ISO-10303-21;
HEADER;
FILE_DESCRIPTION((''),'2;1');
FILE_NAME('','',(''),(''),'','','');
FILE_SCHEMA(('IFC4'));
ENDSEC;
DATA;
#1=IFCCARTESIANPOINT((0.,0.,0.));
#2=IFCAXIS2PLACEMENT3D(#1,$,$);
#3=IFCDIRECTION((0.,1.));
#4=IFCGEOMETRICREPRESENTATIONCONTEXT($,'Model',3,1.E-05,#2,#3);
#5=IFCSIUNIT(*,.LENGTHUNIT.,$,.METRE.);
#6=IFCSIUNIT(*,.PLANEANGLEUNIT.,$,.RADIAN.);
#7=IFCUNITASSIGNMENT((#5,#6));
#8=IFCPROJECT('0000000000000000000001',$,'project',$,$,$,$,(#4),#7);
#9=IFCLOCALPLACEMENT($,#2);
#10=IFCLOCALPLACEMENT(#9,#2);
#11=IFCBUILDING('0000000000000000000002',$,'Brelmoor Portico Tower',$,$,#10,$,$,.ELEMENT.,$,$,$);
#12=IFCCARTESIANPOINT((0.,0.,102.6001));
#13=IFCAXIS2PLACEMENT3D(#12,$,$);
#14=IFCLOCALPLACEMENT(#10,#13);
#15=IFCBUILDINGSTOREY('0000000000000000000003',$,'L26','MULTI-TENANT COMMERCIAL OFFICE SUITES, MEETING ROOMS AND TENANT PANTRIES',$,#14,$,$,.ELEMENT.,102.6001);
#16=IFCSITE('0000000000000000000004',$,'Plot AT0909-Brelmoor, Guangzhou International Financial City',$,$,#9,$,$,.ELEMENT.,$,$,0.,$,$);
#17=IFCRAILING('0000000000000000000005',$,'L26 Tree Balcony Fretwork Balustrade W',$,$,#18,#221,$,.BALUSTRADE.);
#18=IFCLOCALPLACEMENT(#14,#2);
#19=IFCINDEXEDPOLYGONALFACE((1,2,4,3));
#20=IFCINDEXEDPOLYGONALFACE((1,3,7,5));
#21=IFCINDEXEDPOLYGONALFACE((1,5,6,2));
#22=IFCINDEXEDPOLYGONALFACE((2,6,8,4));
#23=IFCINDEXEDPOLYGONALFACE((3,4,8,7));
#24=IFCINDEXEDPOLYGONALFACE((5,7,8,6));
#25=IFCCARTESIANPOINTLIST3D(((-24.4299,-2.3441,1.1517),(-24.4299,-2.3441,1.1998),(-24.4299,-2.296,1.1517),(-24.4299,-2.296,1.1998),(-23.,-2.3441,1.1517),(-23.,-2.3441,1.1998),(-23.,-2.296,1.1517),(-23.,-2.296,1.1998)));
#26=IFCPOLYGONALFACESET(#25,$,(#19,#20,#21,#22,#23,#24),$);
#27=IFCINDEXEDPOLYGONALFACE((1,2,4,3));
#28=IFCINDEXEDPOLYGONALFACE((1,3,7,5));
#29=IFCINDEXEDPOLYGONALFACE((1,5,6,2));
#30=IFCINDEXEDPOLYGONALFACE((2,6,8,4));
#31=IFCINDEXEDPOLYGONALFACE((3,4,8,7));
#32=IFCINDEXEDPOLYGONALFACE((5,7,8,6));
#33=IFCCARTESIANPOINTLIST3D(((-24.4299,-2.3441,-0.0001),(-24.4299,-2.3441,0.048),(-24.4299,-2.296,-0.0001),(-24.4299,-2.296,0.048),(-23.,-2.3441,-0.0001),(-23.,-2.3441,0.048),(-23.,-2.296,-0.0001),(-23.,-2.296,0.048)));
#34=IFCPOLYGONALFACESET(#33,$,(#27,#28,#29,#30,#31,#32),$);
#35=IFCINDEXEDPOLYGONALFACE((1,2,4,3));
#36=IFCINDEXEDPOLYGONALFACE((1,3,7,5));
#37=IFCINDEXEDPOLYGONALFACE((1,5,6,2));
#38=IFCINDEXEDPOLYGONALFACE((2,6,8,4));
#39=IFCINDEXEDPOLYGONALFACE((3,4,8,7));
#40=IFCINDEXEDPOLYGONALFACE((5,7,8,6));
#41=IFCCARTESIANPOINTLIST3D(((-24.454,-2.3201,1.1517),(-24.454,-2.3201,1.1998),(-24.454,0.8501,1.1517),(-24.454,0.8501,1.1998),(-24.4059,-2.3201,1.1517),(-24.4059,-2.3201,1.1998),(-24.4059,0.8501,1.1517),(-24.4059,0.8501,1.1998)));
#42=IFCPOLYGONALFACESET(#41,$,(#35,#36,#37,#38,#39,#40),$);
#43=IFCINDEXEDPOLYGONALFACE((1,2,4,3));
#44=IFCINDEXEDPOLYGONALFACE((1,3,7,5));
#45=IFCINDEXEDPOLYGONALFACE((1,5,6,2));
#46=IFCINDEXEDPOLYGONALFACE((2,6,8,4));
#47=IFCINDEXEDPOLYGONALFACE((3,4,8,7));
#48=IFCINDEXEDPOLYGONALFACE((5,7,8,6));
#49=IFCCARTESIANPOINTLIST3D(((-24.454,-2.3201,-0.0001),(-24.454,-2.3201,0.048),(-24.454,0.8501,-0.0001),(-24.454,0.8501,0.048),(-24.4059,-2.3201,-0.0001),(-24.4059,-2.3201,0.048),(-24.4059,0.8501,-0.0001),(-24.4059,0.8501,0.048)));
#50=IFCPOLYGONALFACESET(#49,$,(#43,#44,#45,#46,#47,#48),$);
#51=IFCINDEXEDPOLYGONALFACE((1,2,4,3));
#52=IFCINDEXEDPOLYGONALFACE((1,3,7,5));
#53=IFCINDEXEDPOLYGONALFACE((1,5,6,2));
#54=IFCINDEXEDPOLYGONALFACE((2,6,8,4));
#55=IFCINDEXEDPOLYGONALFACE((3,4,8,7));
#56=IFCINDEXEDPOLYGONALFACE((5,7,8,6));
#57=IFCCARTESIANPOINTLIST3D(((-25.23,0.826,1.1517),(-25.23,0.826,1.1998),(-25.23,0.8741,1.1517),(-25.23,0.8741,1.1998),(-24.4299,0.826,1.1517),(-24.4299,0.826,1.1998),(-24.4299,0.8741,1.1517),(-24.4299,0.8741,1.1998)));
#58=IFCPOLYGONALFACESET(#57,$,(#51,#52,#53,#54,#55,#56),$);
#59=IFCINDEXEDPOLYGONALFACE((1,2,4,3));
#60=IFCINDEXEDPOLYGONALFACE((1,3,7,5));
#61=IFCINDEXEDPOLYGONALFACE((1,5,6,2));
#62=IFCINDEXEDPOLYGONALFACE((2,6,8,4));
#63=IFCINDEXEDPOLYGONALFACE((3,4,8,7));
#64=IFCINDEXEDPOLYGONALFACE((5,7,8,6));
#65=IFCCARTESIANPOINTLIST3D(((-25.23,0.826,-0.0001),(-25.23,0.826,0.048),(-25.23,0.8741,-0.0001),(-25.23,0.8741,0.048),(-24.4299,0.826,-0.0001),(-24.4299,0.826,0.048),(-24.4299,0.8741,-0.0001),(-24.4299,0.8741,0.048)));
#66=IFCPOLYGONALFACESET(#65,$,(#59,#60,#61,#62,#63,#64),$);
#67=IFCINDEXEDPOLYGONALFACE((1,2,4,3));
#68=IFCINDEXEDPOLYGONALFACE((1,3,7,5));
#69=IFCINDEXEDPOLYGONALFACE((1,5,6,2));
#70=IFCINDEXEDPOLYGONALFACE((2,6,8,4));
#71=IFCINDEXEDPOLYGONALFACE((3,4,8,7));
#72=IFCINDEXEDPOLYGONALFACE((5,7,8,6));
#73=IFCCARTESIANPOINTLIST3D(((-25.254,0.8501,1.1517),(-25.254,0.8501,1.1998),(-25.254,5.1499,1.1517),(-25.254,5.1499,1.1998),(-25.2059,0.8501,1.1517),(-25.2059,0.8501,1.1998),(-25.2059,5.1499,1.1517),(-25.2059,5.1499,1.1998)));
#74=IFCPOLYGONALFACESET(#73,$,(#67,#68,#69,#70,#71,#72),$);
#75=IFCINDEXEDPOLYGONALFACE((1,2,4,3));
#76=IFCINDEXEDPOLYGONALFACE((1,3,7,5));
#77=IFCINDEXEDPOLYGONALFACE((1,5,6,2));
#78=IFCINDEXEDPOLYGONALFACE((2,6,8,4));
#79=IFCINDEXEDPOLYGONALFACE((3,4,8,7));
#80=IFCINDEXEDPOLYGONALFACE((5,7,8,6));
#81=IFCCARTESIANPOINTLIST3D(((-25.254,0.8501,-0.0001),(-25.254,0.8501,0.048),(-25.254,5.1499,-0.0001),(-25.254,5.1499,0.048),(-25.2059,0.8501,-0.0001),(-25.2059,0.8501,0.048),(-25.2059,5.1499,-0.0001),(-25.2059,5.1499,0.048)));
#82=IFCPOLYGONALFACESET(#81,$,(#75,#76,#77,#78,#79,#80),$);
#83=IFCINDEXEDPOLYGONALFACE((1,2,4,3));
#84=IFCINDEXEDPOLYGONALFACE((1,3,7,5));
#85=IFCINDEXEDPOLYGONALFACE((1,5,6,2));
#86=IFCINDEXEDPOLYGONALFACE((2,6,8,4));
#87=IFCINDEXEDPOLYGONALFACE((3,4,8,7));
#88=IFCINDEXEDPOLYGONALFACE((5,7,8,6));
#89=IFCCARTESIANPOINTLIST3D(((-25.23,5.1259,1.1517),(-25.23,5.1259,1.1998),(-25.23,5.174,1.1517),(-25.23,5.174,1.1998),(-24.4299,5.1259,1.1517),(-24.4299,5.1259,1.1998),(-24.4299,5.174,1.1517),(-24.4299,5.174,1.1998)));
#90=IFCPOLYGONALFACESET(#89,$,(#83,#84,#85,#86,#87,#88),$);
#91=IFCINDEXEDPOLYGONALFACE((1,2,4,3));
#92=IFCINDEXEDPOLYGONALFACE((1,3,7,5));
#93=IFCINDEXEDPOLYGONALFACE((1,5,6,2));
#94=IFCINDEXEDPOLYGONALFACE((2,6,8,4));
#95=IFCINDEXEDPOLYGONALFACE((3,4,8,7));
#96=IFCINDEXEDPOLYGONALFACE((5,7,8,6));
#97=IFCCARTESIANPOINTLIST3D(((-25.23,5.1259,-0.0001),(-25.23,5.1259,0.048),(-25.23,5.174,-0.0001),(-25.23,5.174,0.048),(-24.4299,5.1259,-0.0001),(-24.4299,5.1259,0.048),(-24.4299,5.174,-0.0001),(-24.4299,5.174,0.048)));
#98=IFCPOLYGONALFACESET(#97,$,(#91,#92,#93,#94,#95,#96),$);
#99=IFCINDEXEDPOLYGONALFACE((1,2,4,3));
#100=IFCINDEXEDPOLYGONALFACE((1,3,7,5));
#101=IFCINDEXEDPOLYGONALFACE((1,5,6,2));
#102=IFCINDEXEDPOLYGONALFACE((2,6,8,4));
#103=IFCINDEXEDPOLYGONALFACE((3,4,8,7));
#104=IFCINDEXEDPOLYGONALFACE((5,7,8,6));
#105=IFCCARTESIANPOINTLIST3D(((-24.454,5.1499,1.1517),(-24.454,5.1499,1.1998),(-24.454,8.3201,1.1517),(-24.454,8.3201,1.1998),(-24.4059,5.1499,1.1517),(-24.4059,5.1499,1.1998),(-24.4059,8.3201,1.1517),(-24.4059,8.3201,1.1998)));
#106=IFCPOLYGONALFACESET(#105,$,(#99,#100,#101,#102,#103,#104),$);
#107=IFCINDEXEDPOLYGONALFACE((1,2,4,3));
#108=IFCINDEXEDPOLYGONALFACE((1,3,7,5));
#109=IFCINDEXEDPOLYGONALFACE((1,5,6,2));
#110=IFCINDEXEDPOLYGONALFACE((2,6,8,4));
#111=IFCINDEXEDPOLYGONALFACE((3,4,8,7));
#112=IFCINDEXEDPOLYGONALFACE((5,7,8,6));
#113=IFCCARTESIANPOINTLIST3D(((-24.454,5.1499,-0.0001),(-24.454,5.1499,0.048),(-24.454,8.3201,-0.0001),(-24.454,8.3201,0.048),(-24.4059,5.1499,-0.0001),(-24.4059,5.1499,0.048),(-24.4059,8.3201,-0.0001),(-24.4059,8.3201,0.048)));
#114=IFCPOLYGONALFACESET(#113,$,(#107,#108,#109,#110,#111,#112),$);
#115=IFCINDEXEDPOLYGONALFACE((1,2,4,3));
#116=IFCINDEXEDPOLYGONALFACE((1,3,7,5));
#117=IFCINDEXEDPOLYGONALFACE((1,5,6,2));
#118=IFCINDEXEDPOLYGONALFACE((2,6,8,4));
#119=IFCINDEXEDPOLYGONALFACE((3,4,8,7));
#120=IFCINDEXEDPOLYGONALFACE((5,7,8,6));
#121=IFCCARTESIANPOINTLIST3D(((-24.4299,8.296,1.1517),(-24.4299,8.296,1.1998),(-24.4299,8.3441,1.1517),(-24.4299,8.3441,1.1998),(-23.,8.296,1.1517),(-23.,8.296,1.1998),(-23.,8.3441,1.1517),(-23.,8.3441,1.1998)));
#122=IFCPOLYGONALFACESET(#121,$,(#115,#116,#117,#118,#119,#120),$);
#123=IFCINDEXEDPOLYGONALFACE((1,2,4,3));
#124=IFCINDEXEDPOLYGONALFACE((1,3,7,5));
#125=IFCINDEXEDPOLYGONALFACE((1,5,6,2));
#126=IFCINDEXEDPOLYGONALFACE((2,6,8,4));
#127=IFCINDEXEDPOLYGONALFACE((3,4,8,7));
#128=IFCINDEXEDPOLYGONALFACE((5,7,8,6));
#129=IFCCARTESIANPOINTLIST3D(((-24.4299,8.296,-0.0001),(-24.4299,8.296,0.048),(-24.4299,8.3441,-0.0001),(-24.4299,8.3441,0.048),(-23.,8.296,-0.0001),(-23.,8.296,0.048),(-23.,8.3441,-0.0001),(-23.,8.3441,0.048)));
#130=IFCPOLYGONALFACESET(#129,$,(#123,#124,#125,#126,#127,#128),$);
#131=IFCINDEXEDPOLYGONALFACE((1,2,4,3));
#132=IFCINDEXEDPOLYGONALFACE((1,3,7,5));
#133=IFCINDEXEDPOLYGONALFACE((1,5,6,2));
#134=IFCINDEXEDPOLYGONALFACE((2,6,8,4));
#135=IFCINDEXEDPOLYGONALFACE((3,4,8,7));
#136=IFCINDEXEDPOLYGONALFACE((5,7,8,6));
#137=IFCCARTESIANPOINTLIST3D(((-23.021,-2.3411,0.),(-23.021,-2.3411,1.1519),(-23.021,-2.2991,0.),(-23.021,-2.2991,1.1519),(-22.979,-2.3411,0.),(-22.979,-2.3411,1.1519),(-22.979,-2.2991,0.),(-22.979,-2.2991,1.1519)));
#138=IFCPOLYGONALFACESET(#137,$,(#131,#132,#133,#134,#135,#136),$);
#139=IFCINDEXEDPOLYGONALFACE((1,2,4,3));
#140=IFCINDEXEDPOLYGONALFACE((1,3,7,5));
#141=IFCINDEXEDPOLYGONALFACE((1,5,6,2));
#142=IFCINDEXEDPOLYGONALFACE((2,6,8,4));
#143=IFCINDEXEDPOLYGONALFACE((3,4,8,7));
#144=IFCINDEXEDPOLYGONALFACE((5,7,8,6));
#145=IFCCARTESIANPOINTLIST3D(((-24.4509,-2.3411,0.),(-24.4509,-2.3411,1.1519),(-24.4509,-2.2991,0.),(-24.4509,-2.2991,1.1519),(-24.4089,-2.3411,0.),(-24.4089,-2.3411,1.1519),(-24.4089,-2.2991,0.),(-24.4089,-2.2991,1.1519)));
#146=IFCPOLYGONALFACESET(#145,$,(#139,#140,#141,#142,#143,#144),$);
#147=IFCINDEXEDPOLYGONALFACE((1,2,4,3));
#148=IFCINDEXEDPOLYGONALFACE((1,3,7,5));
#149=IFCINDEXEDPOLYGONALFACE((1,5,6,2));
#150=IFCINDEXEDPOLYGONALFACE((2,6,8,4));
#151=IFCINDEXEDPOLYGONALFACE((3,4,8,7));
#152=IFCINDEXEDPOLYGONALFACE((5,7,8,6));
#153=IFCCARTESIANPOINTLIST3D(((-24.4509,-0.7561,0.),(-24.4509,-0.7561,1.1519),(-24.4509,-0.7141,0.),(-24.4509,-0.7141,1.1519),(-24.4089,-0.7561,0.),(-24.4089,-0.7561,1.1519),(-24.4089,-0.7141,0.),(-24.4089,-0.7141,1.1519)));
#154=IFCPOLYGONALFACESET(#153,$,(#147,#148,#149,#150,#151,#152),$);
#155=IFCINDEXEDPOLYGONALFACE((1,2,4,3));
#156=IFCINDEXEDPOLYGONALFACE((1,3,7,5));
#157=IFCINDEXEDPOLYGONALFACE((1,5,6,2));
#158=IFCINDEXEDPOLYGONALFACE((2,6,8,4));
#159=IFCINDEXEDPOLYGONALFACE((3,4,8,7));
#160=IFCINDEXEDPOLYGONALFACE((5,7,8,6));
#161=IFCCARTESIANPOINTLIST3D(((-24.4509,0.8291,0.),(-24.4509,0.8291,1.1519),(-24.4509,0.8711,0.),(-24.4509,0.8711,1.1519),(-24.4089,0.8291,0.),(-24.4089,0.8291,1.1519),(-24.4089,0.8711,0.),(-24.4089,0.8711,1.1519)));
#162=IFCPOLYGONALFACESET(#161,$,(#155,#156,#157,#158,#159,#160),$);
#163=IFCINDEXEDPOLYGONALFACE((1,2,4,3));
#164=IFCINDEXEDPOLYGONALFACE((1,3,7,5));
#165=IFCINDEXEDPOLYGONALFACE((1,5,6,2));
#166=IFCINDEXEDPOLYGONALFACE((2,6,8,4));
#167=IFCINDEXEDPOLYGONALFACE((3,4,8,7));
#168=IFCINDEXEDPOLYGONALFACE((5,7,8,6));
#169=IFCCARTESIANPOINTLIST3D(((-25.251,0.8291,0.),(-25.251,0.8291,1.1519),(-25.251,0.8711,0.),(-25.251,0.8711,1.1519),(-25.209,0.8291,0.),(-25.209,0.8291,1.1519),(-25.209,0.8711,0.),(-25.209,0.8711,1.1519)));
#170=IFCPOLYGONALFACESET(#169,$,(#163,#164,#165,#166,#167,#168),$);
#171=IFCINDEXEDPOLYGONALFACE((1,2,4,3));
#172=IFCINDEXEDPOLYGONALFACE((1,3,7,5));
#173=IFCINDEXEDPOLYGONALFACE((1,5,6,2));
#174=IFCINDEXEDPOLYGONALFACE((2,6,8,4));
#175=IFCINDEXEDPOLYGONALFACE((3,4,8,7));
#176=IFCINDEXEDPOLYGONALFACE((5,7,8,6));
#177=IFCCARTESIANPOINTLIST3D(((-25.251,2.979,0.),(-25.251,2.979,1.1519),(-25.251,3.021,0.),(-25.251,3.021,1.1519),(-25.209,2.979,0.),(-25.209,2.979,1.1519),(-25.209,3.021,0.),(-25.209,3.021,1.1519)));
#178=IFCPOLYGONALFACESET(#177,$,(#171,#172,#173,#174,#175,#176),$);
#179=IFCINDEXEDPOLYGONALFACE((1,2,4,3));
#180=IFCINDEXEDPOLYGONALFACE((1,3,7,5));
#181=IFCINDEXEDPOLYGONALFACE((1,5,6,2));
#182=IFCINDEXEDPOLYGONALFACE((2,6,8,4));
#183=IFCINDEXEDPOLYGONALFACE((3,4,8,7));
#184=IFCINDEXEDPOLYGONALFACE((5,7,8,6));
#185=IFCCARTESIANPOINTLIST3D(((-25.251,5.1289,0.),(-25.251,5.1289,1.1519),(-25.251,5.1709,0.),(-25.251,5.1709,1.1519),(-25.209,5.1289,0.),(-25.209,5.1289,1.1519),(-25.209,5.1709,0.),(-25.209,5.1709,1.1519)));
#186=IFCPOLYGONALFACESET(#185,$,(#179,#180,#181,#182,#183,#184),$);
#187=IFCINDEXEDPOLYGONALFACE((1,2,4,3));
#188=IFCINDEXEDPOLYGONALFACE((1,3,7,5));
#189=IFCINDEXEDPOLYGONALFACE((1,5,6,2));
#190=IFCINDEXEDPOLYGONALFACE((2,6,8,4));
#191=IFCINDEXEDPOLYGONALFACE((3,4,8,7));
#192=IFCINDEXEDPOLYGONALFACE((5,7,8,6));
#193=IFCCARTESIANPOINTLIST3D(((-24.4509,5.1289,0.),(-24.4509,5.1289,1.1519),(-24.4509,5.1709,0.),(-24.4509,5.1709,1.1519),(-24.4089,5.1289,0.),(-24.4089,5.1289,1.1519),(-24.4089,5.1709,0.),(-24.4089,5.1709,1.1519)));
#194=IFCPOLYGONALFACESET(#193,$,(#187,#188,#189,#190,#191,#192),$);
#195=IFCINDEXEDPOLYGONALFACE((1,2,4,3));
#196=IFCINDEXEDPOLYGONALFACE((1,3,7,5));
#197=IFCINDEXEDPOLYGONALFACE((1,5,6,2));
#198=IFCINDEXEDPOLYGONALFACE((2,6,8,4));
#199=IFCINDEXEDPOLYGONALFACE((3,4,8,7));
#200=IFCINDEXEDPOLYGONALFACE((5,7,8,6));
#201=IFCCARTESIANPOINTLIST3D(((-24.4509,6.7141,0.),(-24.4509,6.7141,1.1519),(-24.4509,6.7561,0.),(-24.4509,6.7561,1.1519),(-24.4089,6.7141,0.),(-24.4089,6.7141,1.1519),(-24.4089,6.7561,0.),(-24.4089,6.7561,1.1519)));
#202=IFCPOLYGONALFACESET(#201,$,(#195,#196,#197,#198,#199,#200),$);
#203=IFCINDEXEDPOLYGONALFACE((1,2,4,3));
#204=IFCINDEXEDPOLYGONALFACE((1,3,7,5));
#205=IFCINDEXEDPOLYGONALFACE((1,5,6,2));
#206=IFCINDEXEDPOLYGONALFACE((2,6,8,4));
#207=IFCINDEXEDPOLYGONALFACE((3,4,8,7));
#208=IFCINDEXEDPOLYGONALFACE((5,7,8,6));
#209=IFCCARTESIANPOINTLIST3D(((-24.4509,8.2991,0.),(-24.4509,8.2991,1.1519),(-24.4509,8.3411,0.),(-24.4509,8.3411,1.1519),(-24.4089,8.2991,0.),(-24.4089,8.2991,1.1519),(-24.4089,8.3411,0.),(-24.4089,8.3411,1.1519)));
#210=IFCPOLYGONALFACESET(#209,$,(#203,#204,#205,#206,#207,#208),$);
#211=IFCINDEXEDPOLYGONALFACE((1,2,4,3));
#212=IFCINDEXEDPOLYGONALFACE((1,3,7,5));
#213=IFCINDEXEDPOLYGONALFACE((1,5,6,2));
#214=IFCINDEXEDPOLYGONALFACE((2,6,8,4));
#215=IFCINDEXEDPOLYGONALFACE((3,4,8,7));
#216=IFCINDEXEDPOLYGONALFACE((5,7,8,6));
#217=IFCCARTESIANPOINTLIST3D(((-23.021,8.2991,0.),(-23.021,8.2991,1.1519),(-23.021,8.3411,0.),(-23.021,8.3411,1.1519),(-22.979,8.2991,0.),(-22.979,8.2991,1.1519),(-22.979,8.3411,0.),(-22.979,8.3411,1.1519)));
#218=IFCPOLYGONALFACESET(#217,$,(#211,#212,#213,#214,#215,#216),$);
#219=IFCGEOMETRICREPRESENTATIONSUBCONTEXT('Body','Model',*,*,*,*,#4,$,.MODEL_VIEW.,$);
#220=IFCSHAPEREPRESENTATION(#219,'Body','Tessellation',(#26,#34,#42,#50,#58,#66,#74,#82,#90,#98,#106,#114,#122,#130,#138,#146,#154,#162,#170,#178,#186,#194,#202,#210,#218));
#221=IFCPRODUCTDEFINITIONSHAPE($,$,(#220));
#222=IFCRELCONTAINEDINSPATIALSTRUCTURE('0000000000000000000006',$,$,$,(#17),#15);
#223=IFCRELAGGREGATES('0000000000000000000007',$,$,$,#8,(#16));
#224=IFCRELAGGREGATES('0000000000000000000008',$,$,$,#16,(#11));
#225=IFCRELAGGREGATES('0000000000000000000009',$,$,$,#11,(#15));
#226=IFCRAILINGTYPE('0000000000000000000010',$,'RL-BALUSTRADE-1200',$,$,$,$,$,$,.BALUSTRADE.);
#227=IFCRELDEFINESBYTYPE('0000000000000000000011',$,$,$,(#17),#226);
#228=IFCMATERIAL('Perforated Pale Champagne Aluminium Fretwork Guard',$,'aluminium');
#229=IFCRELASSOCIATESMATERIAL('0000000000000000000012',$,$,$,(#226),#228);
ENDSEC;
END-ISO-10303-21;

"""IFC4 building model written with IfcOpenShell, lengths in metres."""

from ifc_helpers import new_model, si_unit, direction, frame, origin, origin_2d, place, context, subcontext, project, spatial, rectangle, extrude, material, type_object, element, save


model = new_model("IFC4")

# Units and contexts
model_context = context("Model", 3, precision=1e-05, world=origin(), true_north=direction((0.0, 1.0)))
body_context = subcontext(model_context, "Body", "Model", "MODEL_VIEW")
ifc_project = project(units=[si_unit("LENGTHUNIT", "METRE"), si_unit("PLANEANGLEUNIT", "RADIAN")], contexts=[model_context])

# Site, building, storey
site_placement = place(None, origin())
site = spatial("IfcSite", under=ifc_project, at=site_placement, Name="Plot AT0909-Brelmoor, Guangzhou International Financial City", CompositionType="ELEMENT", RefElevation=0.0)
building_placement = place(site_placement, origin())
building = spatial("IfcBuilding", under=site, at=building_placement, Name="Brelmoor Portico Tower", CompositionType="ELEMENT")
storey_placement = place(building_placement, frame((0.0, 0.0, 102.6001)))
storey = spatial("IfcBuildingStorey", under=building, at=storey_placement, Name="L26", Description="MULTI-TENANT COMMERCIAL OFFICE SUITES, MEETING ROOMS AND TENANT PANTRIES", CompositionType="ELEMENT", Elevation=102.6001)

# Railing
ifc_material_1 = material(Name="Perforated Pale Champagne Aluminium Fretwork Guard", Category="aluminium")
railing_type = type_object("IfcRailingType", Name="RL-BALUSTRADE-1200", PredefinedType="BALUSTRADE", material=ifc_material_1)
railing_placement = place(storey_placement, frame((-23.0, -2.3201, 0.0)))
element("IfcRailing", 1, at=railing_placement, inside=storey, type_object=railing_type, Name="L26 Tree Balcony Fretwork Balustrade W", PredefinedType="BALUSTRADE", context=body_context, shape_type="SweptSolid", body=[
    extrude(rectangle(XDim=0.0481, YDim=0.0481, at=origin_2d()), frame((0.0, 0.0, 1.1758), z_axis=(-1.0, 0.0, 0.0), x_axis=(0.0, -1.0, 0.0)), (0.0, 0.0, 1.0), 1.4299),
    extrude(rectangle(XDim=0.0481, YDim=0.0481, at=origin_2d()), frame((0.0, 0.0, 0.0239), z_axis=(-1.0, 0.0, 0.0), x_axis=(0.0, -1.0, 0.0)), (0.0, 0.0, 1.0), 1.4299),
    extrude(rectangle(XDim=0.0481, YDim=0.0481, at=origin_2d()), frame((-1.4299, 0.0, 1.1758), z_axis=(0.0, 1.0, 0.0), x_axis=(-1.0, 0.0, 0.0)), (0.0, 0.0, 1.0), 3.1702),
    extrude(rectangle(XDim=0.0481, YDim=0.0481, at=origin_2d()), frame((-1.4299, 0.0, 0.0239), z_axis=(0.0, 1.0, 0.0), x_axis=(-1.0, 0.0, 0.0)), (0.0, 0.0, 1.0), 3.1702),
    extrude(rectangle(XDim=0.0481, YDim=0.0481, at=origin_2d()), frame((-1.4299, 3.1702, 1.1758), z_axis=(-1.0, 0.0, 0.0), x_axis=(0.0, -1.0, 0.0)), (0.0, 0.0, 1.0), 0.8),
    extrude(rectangle(XDim=0.0481, YDim=0.0481, at=origin_2d()), frame((-1.4299, 3.1702, 0.0239), z_axis=(-1.0, 0.0, 0.0), x_axis=(0.0, -1.0, 0.0)), (0.0, 0.0, 1.0), 0.8),
    extrude(rectangle(XDim=0.0481, YDim=0.0481, at=origin_2d()), frame((-2.23, 3.1702, 1.1758), z_axis=(0.0, 1.0, 0.0), x_axis=(-1.0, 0.0, 0.0)), (0.0, 0.0, 1.0), 4.2998),
    extrude(rectangle(XDim=0.0481, YDim=0.0481, at=origin_2d()), frame((-2.23, 3.1702, 0.0239), z_axis=(0.0, 1.0, 0.0), x_axis=(-1.0, 0.0, 0.0)), (0.0, 0.0, 1.0), 4.2998),
    extrude(rectangle(XDim=0.0481, YDim=0.0481, at=origin_2d()), frame((-2.23, 7.47, 1.1758), z_axis=(1.0, 0.0, 0.0), x_axis=(0.0, 1.0, 0.0)), (0.0, 0.0, 1.0), 0.8),
    extrude(rectangle(XDim=0.0481, YDim=0.0481, at=origin_2d()), frame((-2.23, 7.47, 0.0239), z_axis=(1.0, 0.0, 0.0), x_axis=(0.0, 1.0, 0.0)), (0.0, 0.0, 1.0), 0.8),
    extrude(rectangle(XDim=0.0481, YDim=0.0481, at=origin_2d()), frame((-1.4299, 7.47, 1.1758), z_axis=(0.0, 1.0, 0.0), x_axis=(-1.0, 0.0, 0.0)), (0.0, 0.0, 1.0), 3.1702),
    extrude(rectangle(XDim=0.0481, YDim=0.0481, at=origin_2d()), frame((-1.4299, 7.47, 0.0239), z_axis=(0.0, 1.0, 0.0), x_axis=(-1.0, 0.0, 0.0)), (0.0, 0.0, 1.0), 3.1702),
    extrude(rectangle(XDim=0.0481, YDim=0.0481, at=origin_2d()), frame((-1.4299, 10.6401, 1.1758), z_axis=(1.0, 0.0, 0.0), x_axis=(0.0, 1.0, 0.0)), (0.0, 0.0, 1.0), 1.4299),
    extrude(rectangle(XDim=0.0481, YDim=0.0481, at=origin_2d()), frame((-1.4299, 10.6401, 0.0239), z_axis=(1.0, 0.0, 0.0), x_axis=(0.0, 1.0, 0.0)), (0.0, 0.0, 1.0), 1.4299),
    extrude(rectangle(XDim=0.042, YDim=0.042, at=origin_2d()), origin(), (0.0, 0.0, 1.0), 1.1519),
    extrude(rectangle(XDim=0.042, YDim=0.042, at=origin_2d()), frame((-1.4299, 0.0, 0.0)), (0.0, 0.0, 1.0), 1.1519),
    extrude(rectangle(XDim=0.042, YDim=0.042, at=origin_2d()), frame((-1.4299, 1.585, 0.0)), (0.0, 0.0, 1.0), 1.1519),
    extrude(rectangle(XDim=0.042, YDim=0.042, at=origin_2d()), frame((-1.4299, 3.1702, 0.0)), (0.0, 0.0, 1.0), 1.1519),
    extrude(rectangle(XDim=0.042, YDim=0.042, at=origin_2d()), frame((-2.23, 3.1702, 0.0)), (0.0, 0.0, 1.0), 1.1519),
    extrude(rectangle(XDim=0.042, YDim=0.042, at=origin_2d()), frame((-2.23, 5.3201, 0.0)), (0.0, 0.0, 1.0), 1.1519),
    extrude(rectangle(XDim=0.042, YDim=0.042, at=origin_2d()), frame((-2.23, 7.47, 0.0)), (0.0, 0.0, 1.0), 1.1519),
    extrude(rectangle(XDim=0.042, YDim=0.042, at=origin_2d()), frame((-1.4299, 7.47, 0.0)), (0.0, 0.0, 1.0), 1.1519),
    extrude(rectangle(XDim=0.042, YDim=0.042, at=origin_2d()), frame((-1.4299, 9.0552, 0.0)), (0.0, 0.0, 1.0), 1.1519),
    extrude(rectangle(XDim=0.042, YDim=0.042, at=origin_2d()), frame((-1.4299, 10.6401, 0.0)), (0.0, 0.0, 1.0), 1.1519),
    extrude(rectangle(XDim=0.042, YDim=0.042, at=origin_2d()), frame((0.0, 10.6401, 0.0)), (0.0, 0.0, 1.0), 1.1519),
])

save(model, "model.ifc")
